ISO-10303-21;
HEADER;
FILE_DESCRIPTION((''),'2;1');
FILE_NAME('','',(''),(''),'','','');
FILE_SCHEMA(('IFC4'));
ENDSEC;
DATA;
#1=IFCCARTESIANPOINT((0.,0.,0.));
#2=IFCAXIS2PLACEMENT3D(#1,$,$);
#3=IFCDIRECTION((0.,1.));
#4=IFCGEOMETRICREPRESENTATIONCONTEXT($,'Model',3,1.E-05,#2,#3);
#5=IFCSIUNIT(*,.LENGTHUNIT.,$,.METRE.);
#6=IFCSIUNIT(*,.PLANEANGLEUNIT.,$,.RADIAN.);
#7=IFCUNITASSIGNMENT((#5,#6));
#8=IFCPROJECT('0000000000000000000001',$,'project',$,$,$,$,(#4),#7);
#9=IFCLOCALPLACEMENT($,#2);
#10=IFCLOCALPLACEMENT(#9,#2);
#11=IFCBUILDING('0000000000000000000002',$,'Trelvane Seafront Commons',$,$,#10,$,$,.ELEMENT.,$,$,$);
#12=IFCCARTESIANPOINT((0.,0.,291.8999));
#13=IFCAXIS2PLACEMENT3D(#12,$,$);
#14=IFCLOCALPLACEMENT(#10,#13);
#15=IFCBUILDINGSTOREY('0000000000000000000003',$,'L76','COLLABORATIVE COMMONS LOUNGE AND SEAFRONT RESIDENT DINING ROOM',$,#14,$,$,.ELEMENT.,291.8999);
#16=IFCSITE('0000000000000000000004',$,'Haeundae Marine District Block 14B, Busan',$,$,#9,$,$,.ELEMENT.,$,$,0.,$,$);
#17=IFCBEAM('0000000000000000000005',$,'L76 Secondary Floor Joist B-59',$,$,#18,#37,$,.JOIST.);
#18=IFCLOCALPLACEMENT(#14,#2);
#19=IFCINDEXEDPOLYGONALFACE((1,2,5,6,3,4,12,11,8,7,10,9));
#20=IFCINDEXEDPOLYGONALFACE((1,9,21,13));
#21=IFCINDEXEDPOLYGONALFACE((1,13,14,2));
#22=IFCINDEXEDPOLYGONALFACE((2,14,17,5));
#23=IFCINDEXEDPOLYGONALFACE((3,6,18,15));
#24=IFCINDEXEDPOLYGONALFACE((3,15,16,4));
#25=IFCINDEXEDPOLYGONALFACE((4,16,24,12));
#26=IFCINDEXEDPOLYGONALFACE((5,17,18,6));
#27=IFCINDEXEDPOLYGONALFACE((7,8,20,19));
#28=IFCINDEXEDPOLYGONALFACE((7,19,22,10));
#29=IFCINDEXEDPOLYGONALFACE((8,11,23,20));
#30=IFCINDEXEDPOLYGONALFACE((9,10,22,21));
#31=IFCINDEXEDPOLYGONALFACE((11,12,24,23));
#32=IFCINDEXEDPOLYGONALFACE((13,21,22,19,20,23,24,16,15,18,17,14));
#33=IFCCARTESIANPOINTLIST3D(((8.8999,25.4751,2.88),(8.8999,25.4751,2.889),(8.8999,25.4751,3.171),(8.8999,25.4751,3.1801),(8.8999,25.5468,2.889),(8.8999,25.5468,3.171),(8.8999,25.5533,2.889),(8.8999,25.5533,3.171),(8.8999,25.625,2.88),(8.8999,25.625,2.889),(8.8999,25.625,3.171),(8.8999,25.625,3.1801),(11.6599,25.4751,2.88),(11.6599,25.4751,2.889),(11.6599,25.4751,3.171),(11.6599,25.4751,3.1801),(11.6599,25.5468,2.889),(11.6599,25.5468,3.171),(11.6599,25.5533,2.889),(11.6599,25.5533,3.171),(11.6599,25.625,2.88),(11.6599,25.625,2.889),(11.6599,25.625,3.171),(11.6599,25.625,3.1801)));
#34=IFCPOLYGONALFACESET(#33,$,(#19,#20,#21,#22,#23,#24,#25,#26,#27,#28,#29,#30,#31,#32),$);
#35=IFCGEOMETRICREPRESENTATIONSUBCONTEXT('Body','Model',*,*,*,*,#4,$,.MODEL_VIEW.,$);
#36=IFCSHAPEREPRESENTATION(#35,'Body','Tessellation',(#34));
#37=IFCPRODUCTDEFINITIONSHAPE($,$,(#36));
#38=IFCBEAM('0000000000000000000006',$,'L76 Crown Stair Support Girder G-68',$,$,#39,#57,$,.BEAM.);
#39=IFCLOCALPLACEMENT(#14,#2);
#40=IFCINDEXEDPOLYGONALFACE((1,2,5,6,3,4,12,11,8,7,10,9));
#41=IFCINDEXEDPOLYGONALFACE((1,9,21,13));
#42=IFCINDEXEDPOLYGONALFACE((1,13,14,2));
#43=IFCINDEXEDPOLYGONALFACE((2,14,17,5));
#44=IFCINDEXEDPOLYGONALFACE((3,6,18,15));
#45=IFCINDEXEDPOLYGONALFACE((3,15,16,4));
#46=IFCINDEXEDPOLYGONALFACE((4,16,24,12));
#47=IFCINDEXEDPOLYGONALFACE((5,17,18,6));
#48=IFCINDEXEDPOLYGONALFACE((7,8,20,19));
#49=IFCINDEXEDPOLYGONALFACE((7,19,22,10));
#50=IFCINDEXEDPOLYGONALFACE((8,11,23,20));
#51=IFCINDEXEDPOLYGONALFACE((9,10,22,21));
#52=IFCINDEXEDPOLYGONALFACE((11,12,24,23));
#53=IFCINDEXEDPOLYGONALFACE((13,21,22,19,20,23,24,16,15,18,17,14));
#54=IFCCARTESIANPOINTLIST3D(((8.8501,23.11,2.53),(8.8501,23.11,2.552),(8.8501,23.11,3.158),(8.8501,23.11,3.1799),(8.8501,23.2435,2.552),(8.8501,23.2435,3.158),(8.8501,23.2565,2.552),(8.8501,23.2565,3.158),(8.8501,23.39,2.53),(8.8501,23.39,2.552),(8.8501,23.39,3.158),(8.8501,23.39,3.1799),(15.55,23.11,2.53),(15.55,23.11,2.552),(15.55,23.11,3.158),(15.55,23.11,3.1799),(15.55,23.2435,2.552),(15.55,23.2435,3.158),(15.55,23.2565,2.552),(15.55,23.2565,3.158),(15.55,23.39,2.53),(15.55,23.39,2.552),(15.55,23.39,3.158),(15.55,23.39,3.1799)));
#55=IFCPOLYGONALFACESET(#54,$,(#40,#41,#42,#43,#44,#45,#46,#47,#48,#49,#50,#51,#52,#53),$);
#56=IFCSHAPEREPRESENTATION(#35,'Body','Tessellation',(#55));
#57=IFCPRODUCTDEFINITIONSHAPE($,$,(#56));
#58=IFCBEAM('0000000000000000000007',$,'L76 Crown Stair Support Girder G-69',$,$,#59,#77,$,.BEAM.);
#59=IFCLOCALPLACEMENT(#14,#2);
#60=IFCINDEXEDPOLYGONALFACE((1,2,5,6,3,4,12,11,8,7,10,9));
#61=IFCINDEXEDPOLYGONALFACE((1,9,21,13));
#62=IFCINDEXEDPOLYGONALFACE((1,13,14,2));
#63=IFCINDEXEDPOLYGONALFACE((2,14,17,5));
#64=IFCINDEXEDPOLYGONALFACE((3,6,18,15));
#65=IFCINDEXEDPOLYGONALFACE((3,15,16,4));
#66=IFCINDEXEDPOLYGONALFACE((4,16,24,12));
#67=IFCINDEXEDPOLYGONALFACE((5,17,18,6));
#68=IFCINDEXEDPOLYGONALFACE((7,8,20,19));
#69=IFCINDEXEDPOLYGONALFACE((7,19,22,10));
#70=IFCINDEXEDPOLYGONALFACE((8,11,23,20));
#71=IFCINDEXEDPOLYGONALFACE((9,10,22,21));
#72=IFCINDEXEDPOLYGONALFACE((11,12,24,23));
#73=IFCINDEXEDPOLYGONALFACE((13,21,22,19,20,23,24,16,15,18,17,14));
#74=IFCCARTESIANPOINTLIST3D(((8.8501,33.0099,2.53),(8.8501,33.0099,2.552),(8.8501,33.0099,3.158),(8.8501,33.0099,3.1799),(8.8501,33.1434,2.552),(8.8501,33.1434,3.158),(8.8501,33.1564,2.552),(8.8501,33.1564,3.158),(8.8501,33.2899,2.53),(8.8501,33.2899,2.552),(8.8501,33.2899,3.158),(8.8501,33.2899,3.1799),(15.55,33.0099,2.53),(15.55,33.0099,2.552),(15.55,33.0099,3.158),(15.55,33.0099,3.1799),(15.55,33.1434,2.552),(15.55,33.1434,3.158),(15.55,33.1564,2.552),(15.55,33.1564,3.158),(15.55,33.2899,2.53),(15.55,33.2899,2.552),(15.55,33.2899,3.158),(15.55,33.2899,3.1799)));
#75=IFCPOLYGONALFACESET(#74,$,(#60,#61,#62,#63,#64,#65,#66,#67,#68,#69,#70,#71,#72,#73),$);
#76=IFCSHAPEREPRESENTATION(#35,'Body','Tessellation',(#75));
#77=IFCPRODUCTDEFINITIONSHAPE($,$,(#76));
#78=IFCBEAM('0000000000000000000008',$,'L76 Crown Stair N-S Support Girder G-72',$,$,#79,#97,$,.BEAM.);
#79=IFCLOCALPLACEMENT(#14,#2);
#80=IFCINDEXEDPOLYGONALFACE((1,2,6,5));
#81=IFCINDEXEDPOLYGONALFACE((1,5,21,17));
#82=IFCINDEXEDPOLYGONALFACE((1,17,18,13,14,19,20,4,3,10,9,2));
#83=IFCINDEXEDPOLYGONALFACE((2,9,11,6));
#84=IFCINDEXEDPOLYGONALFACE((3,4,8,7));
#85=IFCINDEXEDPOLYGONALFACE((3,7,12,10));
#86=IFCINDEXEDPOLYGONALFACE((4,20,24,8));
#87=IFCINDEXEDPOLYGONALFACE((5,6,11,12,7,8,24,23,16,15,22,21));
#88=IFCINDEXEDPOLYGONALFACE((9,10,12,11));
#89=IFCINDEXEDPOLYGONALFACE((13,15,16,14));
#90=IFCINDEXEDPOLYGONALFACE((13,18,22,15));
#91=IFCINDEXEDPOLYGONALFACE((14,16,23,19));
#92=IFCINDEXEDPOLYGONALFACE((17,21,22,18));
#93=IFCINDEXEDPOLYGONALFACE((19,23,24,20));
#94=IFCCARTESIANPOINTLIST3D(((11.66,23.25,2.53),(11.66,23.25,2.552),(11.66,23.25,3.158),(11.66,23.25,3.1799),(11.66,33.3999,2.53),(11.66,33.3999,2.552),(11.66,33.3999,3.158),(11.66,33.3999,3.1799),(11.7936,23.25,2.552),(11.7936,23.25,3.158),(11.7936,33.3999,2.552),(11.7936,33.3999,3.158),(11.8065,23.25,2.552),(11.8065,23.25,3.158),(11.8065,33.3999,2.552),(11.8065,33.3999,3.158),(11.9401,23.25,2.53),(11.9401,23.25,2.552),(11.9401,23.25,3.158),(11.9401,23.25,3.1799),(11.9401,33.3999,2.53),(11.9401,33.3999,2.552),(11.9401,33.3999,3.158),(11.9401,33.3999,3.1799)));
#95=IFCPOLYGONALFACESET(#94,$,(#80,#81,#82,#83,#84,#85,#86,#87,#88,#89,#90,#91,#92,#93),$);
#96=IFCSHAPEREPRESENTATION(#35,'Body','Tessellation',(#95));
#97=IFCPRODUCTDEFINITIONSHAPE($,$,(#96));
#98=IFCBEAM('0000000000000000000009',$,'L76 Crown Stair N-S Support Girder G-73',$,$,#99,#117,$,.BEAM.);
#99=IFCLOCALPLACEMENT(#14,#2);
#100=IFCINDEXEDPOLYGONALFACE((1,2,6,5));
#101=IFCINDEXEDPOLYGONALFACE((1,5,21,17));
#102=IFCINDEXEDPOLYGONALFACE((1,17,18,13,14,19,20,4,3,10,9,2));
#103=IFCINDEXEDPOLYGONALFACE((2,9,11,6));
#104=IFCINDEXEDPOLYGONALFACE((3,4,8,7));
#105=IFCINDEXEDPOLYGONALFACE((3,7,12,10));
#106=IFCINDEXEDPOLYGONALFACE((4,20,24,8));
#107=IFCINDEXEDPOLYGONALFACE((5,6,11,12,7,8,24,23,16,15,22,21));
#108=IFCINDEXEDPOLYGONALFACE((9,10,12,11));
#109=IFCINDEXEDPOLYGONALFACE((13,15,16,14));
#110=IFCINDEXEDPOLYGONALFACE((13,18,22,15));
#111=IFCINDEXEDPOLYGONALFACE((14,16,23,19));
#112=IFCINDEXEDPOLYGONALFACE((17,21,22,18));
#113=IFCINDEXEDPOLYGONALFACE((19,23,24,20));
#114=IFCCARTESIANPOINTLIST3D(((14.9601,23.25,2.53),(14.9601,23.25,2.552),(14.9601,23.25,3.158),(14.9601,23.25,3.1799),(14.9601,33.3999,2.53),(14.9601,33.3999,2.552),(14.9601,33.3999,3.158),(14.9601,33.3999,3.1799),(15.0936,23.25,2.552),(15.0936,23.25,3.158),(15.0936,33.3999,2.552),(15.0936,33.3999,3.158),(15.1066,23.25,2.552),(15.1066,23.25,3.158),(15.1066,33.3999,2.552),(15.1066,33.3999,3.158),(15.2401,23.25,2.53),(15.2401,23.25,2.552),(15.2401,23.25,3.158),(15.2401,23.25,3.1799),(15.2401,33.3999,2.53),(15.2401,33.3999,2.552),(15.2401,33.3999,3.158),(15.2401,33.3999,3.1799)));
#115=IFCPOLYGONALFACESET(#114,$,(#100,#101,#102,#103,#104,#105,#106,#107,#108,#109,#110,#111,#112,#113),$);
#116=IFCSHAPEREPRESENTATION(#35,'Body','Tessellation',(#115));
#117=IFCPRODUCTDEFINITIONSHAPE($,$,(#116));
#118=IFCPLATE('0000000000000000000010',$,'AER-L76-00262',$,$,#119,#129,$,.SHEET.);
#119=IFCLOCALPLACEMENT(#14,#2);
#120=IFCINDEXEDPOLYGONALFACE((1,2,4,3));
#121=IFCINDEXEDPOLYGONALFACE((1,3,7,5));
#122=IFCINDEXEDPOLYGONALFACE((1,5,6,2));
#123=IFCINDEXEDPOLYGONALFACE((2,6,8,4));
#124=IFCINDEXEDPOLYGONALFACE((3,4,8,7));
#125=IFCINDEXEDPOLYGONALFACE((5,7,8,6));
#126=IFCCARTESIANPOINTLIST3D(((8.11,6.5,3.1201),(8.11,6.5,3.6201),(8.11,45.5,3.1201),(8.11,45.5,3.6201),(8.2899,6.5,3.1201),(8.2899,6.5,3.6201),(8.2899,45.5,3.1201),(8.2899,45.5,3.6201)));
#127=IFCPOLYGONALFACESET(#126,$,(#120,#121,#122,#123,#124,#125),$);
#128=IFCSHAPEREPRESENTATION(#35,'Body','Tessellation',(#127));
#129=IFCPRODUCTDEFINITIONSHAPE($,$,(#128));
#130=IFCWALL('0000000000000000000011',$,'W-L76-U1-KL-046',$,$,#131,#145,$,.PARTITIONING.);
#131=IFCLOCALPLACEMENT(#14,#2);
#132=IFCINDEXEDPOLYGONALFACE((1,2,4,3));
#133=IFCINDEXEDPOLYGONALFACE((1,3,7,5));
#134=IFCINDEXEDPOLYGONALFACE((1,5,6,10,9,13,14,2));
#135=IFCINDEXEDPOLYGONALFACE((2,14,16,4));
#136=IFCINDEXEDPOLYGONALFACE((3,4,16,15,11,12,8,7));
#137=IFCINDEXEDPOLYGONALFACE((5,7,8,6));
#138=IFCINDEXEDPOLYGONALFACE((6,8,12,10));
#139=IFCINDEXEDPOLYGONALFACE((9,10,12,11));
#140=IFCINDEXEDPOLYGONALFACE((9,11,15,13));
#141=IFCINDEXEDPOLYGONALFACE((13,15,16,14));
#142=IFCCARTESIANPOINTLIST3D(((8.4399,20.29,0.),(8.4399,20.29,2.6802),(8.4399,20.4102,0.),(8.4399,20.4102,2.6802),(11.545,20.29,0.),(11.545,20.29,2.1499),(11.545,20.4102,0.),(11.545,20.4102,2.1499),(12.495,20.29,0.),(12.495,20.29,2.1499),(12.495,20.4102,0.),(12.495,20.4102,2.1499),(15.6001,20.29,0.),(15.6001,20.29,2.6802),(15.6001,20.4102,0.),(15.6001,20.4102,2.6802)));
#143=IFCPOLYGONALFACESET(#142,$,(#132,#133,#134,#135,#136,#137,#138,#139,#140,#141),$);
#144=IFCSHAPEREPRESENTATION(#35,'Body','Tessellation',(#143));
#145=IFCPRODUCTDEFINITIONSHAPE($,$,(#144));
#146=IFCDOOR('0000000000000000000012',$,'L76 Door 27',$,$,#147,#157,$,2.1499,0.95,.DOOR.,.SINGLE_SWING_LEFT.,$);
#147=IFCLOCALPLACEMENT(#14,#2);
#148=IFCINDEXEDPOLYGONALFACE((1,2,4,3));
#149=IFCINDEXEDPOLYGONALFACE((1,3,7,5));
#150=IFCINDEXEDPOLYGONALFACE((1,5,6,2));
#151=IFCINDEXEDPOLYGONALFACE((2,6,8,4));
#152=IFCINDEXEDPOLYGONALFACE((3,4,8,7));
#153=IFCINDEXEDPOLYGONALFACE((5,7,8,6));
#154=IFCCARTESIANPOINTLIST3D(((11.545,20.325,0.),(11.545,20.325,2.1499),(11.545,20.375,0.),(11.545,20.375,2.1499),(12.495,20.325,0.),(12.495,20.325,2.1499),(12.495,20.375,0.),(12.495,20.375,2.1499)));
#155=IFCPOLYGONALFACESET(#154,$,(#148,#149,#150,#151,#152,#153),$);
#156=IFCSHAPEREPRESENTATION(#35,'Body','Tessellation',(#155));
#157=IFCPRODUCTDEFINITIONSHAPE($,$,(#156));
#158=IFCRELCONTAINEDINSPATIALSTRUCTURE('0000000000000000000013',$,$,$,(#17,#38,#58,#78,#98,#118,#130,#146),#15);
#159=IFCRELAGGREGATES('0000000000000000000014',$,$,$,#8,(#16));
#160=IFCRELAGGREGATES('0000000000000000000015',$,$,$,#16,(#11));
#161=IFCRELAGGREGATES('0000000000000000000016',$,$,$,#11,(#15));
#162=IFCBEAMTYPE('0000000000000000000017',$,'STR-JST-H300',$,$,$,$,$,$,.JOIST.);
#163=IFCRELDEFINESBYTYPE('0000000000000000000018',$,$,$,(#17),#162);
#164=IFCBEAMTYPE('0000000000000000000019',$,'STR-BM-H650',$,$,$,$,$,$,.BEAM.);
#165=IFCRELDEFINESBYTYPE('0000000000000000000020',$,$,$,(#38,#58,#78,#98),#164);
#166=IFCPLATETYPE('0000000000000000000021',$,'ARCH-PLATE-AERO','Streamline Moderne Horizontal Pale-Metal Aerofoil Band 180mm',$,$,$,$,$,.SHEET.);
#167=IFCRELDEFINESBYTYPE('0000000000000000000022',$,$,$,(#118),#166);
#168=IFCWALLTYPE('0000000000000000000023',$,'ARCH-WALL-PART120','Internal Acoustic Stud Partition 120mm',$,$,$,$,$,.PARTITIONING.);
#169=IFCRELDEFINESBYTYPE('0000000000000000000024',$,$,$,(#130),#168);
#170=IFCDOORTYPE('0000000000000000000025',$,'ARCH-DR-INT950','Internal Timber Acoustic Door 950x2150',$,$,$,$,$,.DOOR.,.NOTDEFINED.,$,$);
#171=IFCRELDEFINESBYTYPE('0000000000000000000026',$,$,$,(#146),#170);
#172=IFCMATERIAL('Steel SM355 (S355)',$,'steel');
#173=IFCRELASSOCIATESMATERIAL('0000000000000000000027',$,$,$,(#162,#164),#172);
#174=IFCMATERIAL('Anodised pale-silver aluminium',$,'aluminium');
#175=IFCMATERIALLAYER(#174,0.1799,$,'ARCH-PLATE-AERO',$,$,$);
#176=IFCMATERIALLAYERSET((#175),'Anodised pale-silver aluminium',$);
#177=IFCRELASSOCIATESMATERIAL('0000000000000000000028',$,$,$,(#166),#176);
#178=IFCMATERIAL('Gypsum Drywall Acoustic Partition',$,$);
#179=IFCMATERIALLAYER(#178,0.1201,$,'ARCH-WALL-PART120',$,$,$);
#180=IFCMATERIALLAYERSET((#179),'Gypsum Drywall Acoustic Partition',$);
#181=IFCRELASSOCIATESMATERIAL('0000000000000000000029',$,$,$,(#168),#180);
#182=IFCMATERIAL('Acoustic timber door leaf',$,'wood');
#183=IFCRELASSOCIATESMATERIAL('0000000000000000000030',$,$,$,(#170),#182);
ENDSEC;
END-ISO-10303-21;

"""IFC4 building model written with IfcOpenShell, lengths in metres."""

from ifc_helpers import new_model, si_unit, direction, frame, frame_2d, origin, origin_2d, place, context, subcontext, project, spatial, rectangle, i_section, extrude, source, transform, mapped, material, layer, layer_set, material_profile, profile_set, type_object, element, fill, save


model = new_model("IFC4")

# Units and contexts
model_context = context("Model", 3, precision=1e-05, world=origin(), true_north=direction((0.0, 1.0)))
body_context = subcontext(model_context, "Body", "Model", "MODEL_VIEW")
ifc_project = project(units=[si_unit("LENGTHUNIT", "METRE"), si_unit("PLANEANGLEUNIT", "RADIAN")], contexts=[model_context])

# Site, building, storey
site_placement = place(None, origin())
site = spatial("IfcSite", under=ifc_project, at=site_placement, Name="Haeundae Marine District Block 14B, Busan", CompositionType="ELEMENT", RefElevation=0.0)
building_placement = place(site_placement, origin())
building = spatial("IfcBuilding", under=site, at=building_placement, Name="Trelvane Seafront Commons", CompositionType="ELEMENT")
storey_placement = place(building_placement, frame((0.0, 0.0, 291.8999)))
storey = spatial("IfcBuildingStorey", under=building, at=storey_placement, Name="L76", Description="COLLABORATIVE COMMONS LOUNGE AND SEAFRONT RESIDENT DINING ROOM", CompositionType="ELEMENT", Elevation=291.8999)

# Shared definitions
ifc_material_1 = material(Name="Steel SM355 (S355)", Category="steel")

# Beams
ifc_material_profile_1 = material_profile(ifc_material_1, i_section(OverallWidth=0.1499, OverallDepth=0.3, WebThickness=0.0066, FlangeThickness=0.009, at=origin_2d()), Name="H-300x150x6.5x9")
ifc_profile_set_1 = profile_set([ifc_material_profile_1], Name="Steel SM355 (S355)")
beam_type_1 = type_object("IfcBeamType", Name="STR-JST-H300", PredefinedType="JOIST", material=ifc_profile_set_1)
shared_shape_1 = source(origin(), body_context, "Body", "SweptSolid", [
    extrude(i_section(OverallWidth=0.1499, OverallDepth=0.3, WebThickness=0.0066, FlangeThickness=0.009, at=origin_2d()), origin(), (0.0, 0.0, 1.0), 2.76),
])
beam_1_placement = place(storey_placement, frame((8.8999, 25.55, 3.03), z_axis=(1.0, 0.0, 0.0), x_axis=(0.0, 1.0, 0.0)))
element("IfcBeam", 1, at=beam_1_placement, inside=storey, type_object=beam_type_1, Name="L76 Secondary Floor Joist B-59", PredefinedType="JOIST", context=body_context, shape_type="MappedRepresentation", body=[
    mapped(shared_shape_1, transform((0.0, 0.0, 0.0), x_axis=(1.0, 0.0, 0.0), y_axis=(0.0, 1.0, 0.0), z_axis=(0.0, 0.0, 1.0), scale=1.0)),
])
ifc_material_profile_2 = material_profile(ifc_material_1, i_section(OverallWidth=0.28, OverallDepth=0.6499, WebThickness=0.0129, FlangeThickness=0.022, at=origin_2d()), Name="H-650x280x13x22")
ifc_profile_set_2 = profile_set([ifc_material_profile_2], Name="Steel SM355 (S355)")
beam_type_2 = type_object("IfcBeamType", Name="STR-BM-H650", PredefinedType="BEAM", material=ifc_profile_set_2)
shared_shape_2 = source(origin(), body_context, "Body", "SweptSolid", [
    extrude(i_section(OverallWidth=0.28, OverallDepth=0.6499, WebThickness=0.0129, FlangeThickness=0.022, at=origin_2d()), origin(), (0.0, 0.0, 1.0), 6.7),
])
for number, where, z_axis, x_axis, name in (
    (2, (8.8501, 23.25, 2.855), (1.0, 0.0, 0.0), (0.0, 1.0, 0.0), "L76 Crown Stair Support Girder G-68"),
    (3, (8.8501, 33.1499, 2.855), (1.0, 0.0, 0.0), (0.0, 1.0, 0.0), "L76 Crown Stair Support Girder G-69"),
):
    element("IfcBeam", number, at=place(storey_placement, frame(where, z_axis=z_axis, x_axis=x_axis)), inside=storey, type_object=beam_type_2, Name=name, PredefinedType="BEAM", context=body_context, shape_type="MappedRepresentation", body=[
        mapped(shared_shape_2, transform((0.0, 0.0, 0.0), x_axis=(1.0, 0.0, 0.0), y_axis=(0.0, 1.0, 0.0), z_axis=(0.0, 0.0, 1.0), scale=1.0)),
    ])
shared_shape_3 = source(origin(), body_context, "Body", "SweptSolid", [
    extrude(i_section(OverallWidth=0.28, OverallDepth=0.6499, WebThickness=0.0129, FlangeThickness=0.022, at=origin_2d()), origin(), (0.0, 0.0, 1.0), 10.1499),
])
for number, where, z_axis, x_axis, name in (
    (4, (11.8, 23.25, 2.855), (0.0, 1.0, 0.0), (-1.0, 0.0, 0.0), "L76 Crown Stair N-S Support Girder G-72"),
    (5, (15.1001, 23.25, 2.855), (0.0, 1.0, 0.0), (-1.0, 0.0, 0.0), "L76 Crown Stair N-S Support Girder G-73"),
):
    element("IfcBeam", number, at=place(storey_placement, frame(where, z_axis=z_axis, x_axis=x_axis)), inside=storey, type_object=beam_type_2, Name=name, PredefinedType="BEAM", context=body_context, shape_type="MappedRepresentation", body=[
        mapped(shared_shape_3, transform((0.0, 0.0, 0.0), x_axis=(1.0, 0.0, 0.0), y_axis=(0.0, 1.0, 0.0), z_axis=(0.0, 0.0, 1.0), scale=1.0)),
    ])

# Plate
ifc_material_2 = material(Name="Anodised pale-silver aluminium", Category="aluminium")
ifc_layer_1 = layer(ifc_material_2, 0.1799, Name="ARCH-PLATE-AERO")
ifc_layer_set_1 = layer_set([ifc_layer_1], Name="Anodised pale-silver aluminium")
plate_type = type_object("IfcPlateType", Name="ARCH-PLATE-AERO", Description="Streamline Moderne Horizontal Pale-Metal Aerofoil Band 180mm", PredefinedType="SHEET", material=ifc_layer_set_1)
shared_shape_4 = source(origin(), body_context, "Body", "SweptSolid", [
    extrude(rectangle(XDim=39.0, YDim=0.1799, at=origin_2d()), origin(), (0.0, 0.0, 1.0), 0.5),
])
plate_placement = place(storey_placement, frame((8.2, 26.0, 3.1201), z_axis=(0.0, 0.0, 1.0), x_axis=(0.0, 1.0, 0.0)))
element("IfcPlate", 6, at=plate_placement, inside=storey, type_object=plate_type, Name="AER-L76-00262", PredefinedType="SHEET", context=body_context, shape_type="MappedRepresentation", body=[
    mapped(shared_shape_4, transform((0.0, 0.0, 0.0), x_axis=(1.0, 0.0, 0.0), y_axis=(0.0, 1.0, 0.0), z_axis=(0.0, 0.0, 1.0), scale=1.0)),
])

# Wall, opening, door
ifc_material_3 = material(Name="Gypsum Drywall Acoustic Partition")
ifc_layer_2 = layer(ifc_material_3, 0.1201, Name="ARCH-WALL-PART120")
ifc_layer_set_2 = layer_set([ifc_layer_2], Name="Gypsum Drywall Acoustic Partition")
wall_type_1 = type_object("IfcWallType", Name="ARCH-WALL-PART120", Description="Internal Acoustic Stud Partition 120mm", PredefinedType="PARTITIONING", material=ifc_layer_set_2)
wall_1_placement = place(storey_placement, frame((8.4399, 20.3501, 0.0), z_axis=(0.0, 0.0, 1.0), x_axis=(1.0, 0.0, 0.0)))
wall_1 = element("IfcWall", 7, at=wall_1_placement, inside=storey, type_object=wall_type_1, Name="W-L76-U1-KL-046", PredefinedType="PARTITIONING", context=body_context, shape_type="SweptSolid", body=[
    extrude(rectangle(XDim=7.1602, YDim=0.1201, at=frame_2d((3.5801, 0.0))), origin(), (0.0, 0.0, 1.0), 2.6802),
])
opening_1_placement = place(wall_1_placement, frame((3.105, 0.0, 0.0)))
opening_1 = element("IfcOpeningElement", 8, at=opening_1_placement, cuts=wall_1, PredefinedType="OPENING", context=body_context, shape_type="SweptSolid", body=[
    extrude(rectangle(XDim=0.95, YDim=2.1499, at=frame_2d((0.4751, 1.075))), frame((0.0, 0.0701, 0.0), z_axis=(0.0, -1.0, 0.0), x_axis=(1.0, 0.0, 0.0)), (0.0, 0.0, 1.0), 0.1401),
])
ifc_material_4 = material(Name="Acoustic timber door leaf", Category="wood")
door_type_1 = type_object("IfcDoorType", Name="ARCH-DR-INT950", Description="Internal Timber Acoustic Door 950x2150", OperationType="NOTDEFINED", PredefinedType="DOOR", material=ifc_material_4)
shared_shape_5 = source(origin(), body_context, "Body", "SweptSolid", [
    extrude(rectangle(XDim=0.95, YDim=2.1499, at=frame_2d((0.4751, 1.075))), frame((0.0, 0.0249, 0.0), z_axis=(0.0, -1.0, 0.0), x_axis=(1.0, 0.0, 0.0)), (0.0, 0.0, 1.0), 0.05),
])
door_1_placement = place(opening_1_placement, origin())
door_1 = element("IfcDoor", 9, at=door_1_placement, inside=storey, type_object=door_type_1, Name="L76 Door 27", OperationType="SINGLE_SWING_LEFT", OverallHeight=2.1499, OverallWidth=0.95, PredefinedType="DOOR", context=body_context, shape_type="MappedRepresentation", body=[
    mapped(shared_shape_5, transform((0.0, 0.0, 0.0), x_axis=(1.0, 0.0, 0.0), y_axis=(0.0, 1.0, 0.0), z_axis=(0.0, 0.0, 1.0), scale=1.0)),
])
fill(opening_1, door_1)

save(model, "model.ifc")
